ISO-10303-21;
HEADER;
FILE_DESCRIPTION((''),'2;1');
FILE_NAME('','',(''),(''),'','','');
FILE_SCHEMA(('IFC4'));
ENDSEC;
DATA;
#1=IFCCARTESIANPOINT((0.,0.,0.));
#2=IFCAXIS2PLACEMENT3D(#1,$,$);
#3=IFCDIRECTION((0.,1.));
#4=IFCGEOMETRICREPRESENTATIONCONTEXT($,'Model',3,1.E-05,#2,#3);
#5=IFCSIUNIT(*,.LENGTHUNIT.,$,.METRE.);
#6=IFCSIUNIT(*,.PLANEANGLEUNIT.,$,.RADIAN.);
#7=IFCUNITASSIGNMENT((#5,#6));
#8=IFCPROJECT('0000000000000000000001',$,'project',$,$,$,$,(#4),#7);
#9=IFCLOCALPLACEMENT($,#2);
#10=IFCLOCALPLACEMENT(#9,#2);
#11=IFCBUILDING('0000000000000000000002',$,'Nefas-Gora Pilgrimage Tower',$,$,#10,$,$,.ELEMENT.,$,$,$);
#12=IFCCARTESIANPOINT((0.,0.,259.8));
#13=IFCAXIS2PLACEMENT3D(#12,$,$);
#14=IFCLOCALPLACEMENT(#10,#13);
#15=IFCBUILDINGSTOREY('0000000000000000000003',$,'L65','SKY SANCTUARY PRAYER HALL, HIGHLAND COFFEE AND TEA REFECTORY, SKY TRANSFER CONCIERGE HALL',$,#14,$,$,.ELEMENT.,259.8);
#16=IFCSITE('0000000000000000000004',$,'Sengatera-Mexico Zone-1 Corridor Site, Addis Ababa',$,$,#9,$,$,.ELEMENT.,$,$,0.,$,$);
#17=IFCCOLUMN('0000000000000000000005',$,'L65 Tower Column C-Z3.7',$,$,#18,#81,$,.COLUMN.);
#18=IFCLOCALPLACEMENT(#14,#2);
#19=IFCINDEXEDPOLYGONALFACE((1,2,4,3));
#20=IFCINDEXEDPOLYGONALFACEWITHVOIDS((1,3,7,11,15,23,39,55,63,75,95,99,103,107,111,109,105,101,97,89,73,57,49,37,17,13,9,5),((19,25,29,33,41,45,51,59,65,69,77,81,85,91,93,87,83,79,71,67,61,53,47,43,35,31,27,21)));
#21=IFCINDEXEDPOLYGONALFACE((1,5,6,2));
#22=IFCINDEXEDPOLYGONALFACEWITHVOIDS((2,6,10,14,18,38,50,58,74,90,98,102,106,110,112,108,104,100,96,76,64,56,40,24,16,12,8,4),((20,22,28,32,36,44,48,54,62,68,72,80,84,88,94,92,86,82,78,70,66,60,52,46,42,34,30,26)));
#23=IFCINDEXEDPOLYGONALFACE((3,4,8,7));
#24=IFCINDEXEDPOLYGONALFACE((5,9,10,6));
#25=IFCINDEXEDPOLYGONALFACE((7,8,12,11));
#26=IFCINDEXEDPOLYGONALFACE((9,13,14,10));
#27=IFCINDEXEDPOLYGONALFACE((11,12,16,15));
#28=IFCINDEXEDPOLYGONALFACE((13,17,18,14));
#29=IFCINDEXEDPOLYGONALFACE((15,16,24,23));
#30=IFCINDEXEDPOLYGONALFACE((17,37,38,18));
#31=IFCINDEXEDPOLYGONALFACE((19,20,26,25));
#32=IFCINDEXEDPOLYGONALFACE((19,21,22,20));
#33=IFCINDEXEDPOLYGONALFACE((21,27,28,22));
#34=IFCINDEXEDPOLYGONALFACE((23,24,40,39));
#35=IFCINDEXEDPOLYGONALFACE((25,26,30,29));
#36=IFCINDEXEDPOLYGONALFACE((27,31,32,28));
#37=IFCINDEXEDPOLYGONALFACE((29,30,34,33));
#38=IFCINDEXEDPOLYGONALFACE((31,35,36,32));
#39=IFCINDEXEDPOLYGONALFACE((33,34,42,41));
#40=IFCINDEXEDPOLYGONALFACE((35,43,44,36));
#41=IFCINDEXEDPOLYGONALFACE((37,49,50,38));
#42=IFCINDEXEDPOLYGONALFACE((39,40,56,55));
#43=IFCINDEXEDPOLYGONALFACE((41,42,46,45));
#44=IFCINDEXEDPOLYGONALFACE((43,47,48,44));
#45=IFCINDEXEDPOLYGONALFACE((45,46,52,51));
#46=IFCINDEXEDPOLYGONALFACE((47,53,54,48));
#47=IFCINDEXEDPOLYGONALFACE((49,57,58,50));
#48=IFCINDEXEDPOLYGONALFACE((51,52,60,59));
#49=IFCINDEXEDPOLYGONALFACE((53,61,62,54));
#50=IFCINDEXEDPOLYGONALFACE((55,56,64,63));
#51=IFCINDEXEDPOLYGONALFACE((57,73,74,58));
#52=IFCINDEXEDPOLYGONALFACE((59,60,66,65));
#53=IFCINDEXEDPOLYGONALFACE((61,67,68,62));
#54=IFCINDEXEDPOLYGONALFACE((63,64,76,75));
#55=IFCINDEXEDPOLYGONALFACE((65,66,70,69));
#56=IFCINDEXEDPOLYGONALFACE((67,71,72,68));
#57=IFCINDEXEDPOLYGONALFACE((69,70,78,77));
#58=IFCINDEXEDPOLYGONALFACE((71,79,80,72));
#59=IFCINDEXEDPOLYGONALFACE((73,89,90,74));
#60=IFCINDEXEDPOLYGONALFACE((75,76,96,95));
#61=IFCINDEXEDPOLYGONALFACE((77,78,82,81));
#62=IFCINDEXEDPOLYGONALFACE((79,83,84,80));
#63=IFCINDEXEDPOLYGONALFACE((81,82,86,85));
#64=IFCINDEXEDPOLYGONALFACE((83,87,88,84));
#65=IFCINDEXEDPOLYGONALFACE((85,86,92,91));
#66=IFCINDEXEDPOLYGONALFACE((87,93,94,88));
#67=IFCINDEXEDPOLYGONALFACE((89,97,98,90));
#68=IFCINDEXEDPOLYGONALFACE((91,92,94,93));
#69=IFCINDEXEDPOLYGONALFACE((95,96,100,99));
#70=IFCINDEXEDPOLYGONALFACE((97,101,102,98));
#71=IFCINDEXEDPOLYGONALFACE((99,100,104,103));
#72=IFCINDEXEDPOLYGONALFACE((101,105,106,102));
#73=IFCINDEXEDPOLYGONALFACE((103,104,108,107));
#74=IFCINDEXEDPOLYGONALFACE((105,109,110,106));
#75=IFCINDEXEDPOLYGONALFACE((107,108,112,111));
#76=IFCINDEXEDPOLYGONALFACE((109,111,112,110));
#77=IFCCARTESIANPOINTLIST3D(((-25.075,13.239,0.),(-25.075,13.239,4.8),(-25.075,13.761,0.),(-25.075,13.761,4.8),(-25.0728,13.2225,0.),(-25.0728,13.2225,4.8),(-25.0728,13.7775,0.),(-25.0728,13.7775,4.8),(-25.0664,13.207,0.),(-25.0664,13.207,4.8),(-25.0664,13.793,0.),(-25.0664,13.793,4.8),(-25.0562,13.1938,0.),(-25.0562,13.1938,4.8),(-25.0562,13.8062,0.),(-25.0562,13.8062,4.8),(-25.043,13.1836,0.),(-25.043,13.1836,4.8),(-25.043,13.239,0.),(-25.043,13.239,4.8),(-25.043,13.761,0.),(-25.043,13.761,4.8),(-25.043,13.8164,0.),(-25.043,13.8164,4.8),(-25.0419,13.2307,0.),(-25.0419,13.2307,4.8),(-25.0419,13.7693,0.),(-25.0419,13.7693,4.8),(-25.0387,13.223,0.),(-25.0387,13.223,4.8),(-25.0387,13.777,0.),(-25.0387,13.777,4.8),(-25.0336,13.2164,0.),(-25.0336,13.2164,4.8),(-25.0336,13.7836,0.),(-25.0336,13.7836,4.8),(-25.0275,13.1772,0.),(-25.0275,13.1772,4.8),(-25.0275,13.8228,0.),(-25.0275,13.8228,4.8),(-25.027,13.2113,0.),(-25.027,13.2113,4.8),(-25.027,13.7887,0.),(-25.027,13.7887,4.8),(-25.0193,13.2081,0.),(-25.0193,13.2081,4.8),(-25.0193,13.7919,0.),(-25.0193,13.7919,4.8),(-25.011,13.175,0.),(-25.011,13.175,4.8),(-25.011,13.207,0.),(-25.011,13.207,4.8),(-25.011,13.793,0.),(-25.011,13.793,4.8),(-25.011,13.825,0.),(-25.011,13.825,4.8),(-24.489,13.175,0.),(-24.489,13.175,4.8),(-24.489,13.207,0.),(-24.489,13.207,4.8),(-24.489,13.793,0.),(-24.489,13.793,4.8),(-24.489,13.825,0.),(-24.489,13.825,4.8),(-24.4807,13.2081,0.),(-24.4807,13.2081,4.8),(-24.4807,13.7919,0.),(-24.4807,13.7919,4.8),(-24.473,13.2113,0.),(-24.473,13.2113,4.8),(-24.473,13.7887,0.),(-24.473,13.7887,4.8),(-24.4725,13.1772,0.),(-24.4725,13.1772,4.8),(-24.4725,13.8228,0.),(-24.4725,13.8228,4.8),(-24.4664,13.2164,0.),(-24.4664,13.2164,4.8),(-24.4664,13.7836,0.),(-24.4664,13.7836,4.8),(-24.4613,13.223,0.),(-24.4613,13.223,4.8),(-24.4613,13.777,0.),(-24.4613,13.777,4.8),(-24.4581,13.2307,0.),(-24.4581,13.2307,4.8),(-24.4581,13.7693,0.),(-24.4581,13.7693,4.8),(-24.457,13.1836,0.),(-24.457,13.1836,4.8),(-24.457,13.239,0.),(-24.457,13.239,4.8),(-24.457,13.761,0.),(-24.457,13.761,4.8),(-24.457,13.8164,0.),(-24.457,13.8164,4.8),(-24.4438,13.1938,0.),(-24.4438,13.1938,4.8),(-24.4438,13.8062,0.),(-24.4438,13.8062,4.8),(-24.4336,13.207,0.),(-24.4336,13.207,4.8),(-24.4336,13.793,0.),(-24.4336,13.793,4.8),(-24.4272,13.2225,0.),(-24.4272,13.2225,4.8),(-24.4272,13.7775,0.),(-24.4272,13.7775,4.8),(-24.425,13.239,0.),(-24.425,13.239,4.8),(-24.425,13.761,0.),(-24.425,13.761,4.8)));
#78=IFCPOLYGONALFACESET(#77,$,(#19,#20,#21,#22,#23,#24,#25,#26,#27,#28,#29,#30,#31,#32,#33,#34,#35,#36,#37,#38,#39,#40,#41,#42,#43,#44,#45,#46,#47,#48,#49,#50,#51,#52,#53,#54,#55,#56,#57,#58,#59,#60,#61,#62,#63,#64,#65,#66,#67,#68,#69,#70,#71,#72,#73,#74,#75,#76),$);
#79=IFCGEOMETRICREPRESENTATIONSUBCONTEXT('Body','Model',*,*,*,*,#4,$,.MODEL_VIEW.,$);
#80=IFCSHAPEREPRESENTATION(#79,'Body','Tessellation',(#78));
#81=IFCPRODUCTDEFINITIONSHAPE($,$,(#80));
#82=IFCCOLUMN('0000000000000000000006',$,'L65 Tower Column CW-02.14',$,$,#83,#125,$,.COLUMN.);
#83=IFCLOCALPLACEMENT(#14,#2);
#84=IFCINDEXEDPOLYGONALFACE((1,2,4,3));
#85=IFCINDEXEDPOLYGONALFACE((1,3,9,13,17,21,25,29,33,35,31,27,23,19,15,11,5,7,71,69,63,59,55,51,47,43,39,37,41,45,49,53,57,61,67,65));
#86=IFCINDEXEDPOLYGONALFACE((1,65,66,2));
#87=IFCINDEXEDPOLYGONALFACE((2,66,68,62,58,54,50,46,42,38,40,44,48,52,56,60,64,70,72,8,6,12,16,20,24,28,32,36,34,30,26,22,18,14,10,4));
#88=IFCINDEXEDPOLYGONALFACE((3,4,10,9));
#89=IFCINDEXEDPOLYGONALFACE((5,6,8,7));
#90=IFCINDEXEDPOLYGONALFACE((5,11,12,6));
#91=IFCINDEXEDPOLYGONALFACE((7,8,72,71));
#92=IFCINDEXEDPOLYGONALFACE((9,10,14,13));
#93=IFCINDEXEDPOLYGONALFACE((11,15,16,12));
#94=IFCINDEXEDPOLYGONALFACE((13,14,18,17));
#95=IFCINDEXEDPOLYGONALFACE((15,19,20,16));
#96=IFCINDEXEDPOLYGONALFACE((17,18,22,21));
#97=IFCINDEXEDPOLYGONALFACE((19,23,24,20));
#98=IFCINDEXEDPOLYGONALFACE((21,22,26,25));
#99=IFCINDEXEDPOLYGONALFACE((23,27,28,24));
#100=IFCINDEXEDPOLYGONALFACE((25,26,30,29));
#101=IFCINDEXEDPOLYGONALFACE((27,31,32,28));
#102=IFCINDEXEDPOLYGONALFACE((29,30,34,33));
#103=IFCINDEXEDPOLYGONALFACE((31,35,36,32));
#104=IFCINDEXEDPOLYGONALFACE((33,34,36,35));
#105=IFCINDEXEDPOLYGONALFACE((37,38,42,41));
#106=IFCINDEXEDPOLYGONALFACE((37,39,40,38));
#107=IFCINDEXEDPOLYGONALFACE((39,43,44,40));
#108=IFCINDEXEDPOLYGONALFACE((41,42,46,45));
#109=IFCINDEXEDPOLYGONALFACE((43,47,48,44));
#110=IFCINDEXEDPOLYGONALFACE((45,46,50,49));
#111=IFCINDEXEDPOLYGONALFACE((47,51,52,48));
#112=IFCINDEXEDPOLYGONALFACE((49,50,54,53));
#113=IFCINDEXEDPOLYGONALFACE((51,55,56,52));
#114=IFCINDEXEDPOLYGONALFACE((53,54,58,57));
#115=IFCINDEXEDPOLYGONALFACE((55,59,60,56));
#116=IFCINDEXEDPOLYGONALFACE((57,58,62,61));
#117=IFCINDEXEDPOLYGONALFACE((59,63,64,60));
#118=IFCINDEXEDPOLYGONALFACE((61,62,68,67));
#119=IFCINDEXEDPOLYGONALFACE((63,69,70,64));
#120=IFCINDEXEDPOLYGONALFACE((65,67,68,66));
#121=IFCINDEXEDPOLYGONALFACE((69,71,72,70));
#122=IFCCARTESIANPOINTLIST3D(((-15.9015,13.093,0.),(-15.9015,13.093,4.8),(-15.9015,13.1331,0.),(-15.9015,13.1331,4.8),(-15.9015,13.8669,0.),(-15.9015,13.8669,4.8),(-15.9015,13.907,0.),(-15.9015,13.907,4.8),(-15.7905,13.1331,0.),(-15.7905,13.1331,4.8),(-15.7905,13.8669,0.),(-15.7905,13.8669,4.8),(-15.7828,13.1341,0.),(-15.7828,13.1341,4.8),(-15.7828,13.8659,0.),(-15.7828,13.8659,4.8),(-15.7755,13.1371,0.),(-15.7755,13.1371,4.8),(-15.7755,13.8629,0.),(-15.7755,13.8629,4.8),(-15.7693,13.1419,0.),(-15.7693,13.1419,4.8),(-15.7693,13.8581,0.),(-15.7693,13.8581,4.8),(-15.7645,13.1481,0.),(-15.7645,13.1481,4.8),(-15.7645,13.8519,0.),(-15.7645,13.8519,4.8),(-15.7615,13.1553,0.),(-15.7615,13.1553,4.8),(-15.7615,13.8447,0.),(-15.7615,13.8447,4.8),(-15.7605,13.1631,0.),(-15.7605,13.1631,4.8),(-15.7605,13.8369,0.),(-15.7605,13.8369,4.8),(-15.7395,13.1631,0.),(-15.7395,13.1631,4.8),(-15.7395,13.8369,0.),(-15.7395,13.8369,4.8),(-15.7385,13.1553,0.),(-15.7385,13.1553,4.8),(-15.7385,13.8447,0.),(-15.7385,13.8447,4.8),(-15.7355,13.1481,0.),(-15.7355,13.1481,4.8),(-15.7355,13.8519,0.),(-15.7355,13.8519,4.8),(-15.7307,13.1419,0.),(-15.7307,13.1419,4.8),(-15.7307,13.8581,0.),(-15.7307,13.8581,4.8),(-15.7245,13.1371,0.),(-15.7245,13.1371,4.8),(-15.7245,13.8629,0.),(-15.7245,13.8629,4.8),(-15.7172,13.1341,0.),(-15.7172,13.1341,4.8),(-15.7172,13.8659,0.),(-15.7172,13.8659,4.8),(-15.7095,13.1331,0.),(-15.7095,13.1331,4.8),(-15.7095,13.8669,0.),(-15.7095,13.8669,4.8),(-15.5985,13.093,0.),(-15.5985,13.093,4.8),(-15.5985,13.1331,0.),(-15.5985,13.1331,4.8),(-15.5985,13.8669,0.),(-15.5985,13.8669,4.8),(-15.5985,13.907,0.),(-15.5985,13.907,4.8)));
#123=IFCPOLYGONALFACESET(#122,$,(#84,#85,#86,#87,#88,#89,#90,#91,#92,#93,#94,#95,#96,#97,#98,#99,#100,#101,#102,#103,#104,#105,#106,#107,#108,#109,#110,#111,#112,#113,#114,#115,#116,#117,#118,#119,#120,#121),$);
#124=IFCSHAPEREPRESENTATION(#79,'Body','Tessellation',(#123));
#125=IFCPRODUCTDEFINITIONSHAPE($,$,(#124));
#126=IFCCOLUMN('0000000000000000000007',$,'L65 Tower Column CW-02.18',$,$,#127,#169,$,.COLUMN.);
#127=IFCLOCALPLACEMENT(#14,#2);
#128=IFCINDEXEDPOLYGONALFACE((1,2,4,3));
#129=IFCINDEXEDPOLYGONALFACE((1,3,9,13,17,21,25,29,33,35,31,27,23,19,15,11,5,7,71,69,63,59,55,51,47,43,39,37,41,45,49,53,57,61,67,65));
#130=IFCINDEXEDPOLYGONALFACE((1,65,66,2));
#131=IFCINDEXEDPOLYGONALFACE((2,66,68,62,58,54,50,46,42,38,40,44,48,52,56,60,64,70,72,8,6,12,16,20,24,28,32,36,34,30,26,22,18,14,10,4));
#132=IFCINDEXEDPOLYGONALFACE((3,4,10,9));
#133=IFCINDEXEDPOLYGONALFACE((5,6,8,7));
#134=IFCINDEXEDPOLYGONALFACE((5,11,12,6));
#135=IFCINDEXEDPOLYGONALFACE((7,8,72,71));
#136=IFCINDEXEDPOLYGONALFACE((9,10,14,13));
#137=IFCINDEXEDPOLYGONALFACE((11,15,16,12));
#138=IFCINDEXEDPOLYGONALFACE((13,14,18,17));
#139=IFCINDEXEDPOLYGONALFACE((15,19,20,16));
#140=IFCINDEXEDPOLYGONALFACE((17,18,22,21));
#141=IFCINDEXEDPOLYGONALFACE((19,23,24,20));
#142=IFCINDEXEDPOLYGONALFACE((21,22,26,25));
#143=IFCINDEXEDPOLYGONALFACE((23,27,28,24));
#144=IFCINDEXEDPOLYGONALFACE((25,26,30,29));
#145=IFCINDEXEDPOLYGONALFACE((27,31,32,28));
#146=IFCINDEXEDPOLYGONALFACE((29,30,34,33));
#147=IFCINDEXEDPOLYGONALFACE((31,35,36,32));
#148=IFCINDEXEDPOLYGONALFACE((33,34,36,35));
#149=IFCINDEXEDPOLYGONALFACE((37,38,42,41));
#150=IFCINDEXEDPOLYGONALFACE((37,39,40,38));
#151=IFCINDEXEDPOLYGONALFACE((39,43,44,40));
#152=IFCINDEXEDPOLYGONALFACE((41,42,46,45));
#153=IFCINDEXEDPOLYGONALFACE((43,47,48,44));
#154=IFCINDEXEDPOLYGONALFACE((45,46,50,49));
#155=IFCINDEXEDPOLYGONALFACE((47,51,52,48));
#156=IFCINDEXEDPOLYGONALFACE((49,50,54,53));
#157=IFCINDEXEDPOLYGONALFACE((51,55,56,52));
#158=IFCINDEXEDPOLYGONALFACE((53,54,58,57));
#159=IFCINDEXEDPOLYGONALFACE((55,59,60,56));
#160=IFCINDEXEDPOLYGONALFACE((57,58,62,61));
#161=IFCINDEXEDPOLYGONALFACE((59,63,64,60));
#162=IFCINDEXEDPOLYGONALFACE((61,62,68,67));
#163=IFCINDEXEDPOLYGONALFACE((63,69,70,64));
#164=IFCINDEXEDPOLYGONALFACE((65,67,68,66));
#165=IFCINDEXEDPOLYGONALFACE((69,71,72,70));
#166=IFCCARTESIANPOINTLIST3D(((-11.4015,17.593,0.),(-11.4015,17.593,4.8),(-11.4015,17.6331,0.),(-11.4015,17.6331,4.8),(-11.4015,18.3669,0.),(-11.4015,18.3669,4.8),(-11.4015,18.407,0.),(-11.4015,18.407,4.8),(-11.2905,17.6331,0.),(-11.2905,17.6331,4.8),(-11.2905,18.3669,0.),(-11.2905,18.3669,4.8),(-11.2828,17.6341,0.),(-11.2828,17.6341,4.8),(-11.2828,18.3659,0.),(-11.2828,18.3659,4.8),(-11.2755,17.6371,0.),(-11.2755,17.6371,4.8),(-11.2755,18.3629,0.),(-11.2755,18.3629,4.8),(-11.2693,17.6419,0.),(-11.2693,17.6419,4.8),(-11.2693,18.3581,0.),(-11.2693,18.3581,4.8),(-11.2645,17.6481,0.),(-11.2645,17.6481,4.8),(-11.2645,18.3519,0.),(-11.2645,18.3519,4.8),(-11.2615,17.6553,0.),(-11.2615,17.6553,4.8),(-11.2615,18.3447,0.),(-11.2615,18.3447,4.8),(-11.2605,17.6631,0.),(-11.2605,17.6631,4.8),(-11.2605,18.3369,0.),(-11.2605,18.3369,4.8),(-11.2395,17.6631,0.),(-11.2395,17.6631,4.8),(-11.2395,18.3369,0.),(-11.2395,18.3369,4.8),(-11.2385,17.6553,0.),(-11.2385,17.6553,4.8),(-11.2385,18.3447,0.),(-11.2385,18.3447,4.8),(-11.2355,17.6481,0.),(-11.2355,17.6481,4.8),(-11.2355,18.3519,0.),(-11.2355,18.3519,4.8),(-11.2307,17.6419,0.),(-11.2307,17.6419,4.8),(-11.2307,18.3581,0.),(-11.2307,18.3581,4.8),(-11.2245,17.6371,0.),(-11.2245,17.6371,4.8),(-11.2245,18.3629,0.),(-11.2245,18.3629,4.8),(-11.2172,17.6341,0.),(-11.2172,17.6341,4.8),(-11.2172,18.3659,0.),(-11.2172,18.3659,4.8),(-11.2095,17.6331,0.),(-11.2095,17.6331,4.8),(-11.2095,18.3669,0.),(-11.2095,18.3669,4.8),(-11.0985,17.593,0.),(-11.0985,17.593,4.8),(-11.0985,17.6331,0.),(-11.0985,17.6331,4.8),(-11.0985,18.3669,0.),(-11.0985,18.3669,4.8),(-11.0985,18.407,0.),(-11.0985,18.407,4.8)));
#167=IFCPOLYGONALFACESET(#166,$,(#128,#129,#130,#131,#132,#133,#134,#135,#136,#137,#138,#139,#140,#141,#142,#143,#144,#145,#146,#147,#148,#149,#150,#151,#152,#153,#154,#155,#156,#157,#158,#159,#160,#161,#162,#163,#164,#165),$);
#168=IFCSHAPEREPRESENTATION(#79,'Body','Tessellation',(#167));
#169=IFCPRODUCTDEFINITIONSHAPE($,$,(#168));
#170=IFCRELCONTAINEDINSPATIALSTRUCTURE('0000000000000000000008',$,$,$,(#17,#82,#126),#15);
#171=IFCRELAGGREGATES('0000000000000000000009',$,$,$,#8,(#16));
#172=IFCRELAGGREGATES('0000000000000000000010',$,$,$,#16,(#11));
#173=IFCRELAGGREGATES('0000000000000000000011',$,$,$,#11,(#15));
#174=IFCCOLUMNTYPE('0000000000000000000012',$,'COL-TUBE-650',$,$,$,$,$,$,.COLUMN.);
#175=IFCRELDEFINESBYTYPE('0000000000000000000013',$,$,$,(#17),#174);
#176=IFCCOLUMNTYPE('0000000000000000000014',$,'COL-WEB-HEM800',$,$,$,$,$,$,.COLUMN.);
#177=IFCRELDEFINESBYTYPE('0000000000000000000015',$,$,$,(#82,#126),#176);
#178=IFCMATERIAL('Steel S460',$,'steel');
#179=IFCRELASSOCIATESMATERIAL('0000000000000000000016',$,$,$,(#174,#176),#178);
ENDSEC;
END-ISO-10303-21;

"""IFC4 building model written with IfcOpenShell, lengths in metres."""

from ifc_helpers import new_model, si_unit, direction, frame, origin, origin_2d, place, context, subcontext, project, spatial, hollow_rectangle, i_section, extrude, source, transform, mapped, material, material_profile, profile_set, type_object, element, save


model = new_model("IFC4")

# Units and contexts
model_context = context("Model", 3, precision=1e-05, world=origin(), true_north=direction((0.0, 1.0)))
body_context = subcontext(model_context, "Body", "Model", "MODEL_VIEW")
ifc_project = project(units=[si_unit("LENGTHUNIT", "METRE"), si_unit("PLANEANGLEUNIT", "RADIAN")], contexts=[model_context])

# Site, building, storey
site_placement = place(None, origin())
site = spatial("IfcSite", under=ifc_project, at=site_placement, Name="Sengatera-Mexico Zone-1 Corridor Site, Addis Ababa", CompositionType="ELEMENT", RefElevation=0.0)
building_placement = place(site_placement, origin())
building = spatial("IfcBuilding", under=site, at=building_placement, Name="Nefas-Gora Pilgrimage Tower", CompositionType="ELEMENT")
storey_placement = place(building_placement, frame((0.0, 0.0, 259.8)))
storey = spatial("IfcBuildingStorey", under=building, at=storey_placement, Name="L65", Description="SKY SANCTUARY PRAYER HALL, HIGHLAND COFFEE AND TEA REFECTORY, SKY TRANSFER CONCIERGE HALL", CompositionType="ELEMENT", Elevation=259.8)

# Columns
ifc_material_1 = material(Name="Steel S460", Category="steel")
ifc_material_profile_1 = material_profile(ifc_material_1, hollow_rectangle(XDim=0.6499, YDim=0.6499, WallThickness=0.032, InnerFilletRadius=0.032, OuterFilletRadius=0.064, at=origin_2d()), Name="BOX 650x650x32")
ifc_profile_set_1 = profile_set([ifc_material_profile_1], Name="Steel S460")
column_type_1 = type_object("IfcColumnType", Name="COL-TUBE-650", PredefinedType="COLUMN", material=ifc_profile_set_1)
shared_shape_1 = source(origin(), body_context, "Body", "SweptSolid", [
    extrude(hollow_rectangle(XDim=0.6499, YDim=0.6499, WallThickness=0.032, InnerFilletRadius=0.032, OuterFilletRadius=0.064, at=origin_2d()), origin(), (0.0, 0.0, 1.0), 4.8),
])
column_1_placement = place(storey_placement, frame((-24.75, 13.5, 0.0), z_axis=(0.0, 0.0, 1.0), x_axis=(1.0, 0.0, 0.0)))
element("IfcColumn", 1, at=column_1_placement, inside=storey, type_object=column_type_1, Name="L65 Tower Column C-Z3.7", PredefinedType="COLUMN", context=body_context, shape_type="MappedRepresentation", body=[
    mapped(shared_shape_1, transform((0.0, 0.0, 0.0), x_axis=(1.0, 0.0, 0.0), y_axis=(0.0, 1.0, 0.0), z_axis=(0.0, 0.0, 1.0), scale=1.0)),
])
ifc_material_profile_2 = material_profile(ifc_material_1, i_section(OverallWidth=0.303, OverallDepth=0.814, WebThickness=0.021, FlangeThickness=0.04, FilletRadius=0.03, at=origin_2d()), Name="HEM 800")
ifc_profile_set_2 = profile_set([ifc_material_profile_2], Name="Steel S460")
column_type_2 = type_object("IfcColumnType", Name="COL-WEB-HEM800", PredefinedType="COLUMN", material=ifc_profile_set_2)
shared_shape_2 = source(origin(), body_context, "Body", "SweptSolid", [
    extrude(i_section(OverallWidth=0.303, OverallDepth=0.814, WebThickness=0.021, FlangeThickness=0.04, FilletRadius=0.03, at=origin_2d()), origin(), (0.0, 0.0, 1.0), 4.8),
])
for number, where, z_axis, x_axis, name in (
    (2, (-15.75, 13.5, 0.0), (0.0, 0.0, 1.0), (1.0, 0.0, 0.0), "L65 Tower Column CW-02.14"),
    (3, (-11.25, 18.0, 0.0), (0.0, 0.0, 1.0), (1.0, 0.0, 0.0), "L65 Tower Column CW-02.18"),
):
    element("IfcColumn", number, at=place(storey_placement, frame(where, z_axis=z_axis, x_axis=x_axis)), inside=storey, type_object=column_type_2, Name=name, PredefinedType="COLUMN", context=body_context, shape_type="MappedRepresentation", body=[
        mapped(shared_shape_2, transform((0.0, 0.0, 0.0), x_axis=(1.0, 0.0, 0.0), y_axis=(0.0, 1.0, 0.0), z_axis=(0.0, 0.0, 1.0), scale=1.0)),
    ])

save(model, "model.ifc")
